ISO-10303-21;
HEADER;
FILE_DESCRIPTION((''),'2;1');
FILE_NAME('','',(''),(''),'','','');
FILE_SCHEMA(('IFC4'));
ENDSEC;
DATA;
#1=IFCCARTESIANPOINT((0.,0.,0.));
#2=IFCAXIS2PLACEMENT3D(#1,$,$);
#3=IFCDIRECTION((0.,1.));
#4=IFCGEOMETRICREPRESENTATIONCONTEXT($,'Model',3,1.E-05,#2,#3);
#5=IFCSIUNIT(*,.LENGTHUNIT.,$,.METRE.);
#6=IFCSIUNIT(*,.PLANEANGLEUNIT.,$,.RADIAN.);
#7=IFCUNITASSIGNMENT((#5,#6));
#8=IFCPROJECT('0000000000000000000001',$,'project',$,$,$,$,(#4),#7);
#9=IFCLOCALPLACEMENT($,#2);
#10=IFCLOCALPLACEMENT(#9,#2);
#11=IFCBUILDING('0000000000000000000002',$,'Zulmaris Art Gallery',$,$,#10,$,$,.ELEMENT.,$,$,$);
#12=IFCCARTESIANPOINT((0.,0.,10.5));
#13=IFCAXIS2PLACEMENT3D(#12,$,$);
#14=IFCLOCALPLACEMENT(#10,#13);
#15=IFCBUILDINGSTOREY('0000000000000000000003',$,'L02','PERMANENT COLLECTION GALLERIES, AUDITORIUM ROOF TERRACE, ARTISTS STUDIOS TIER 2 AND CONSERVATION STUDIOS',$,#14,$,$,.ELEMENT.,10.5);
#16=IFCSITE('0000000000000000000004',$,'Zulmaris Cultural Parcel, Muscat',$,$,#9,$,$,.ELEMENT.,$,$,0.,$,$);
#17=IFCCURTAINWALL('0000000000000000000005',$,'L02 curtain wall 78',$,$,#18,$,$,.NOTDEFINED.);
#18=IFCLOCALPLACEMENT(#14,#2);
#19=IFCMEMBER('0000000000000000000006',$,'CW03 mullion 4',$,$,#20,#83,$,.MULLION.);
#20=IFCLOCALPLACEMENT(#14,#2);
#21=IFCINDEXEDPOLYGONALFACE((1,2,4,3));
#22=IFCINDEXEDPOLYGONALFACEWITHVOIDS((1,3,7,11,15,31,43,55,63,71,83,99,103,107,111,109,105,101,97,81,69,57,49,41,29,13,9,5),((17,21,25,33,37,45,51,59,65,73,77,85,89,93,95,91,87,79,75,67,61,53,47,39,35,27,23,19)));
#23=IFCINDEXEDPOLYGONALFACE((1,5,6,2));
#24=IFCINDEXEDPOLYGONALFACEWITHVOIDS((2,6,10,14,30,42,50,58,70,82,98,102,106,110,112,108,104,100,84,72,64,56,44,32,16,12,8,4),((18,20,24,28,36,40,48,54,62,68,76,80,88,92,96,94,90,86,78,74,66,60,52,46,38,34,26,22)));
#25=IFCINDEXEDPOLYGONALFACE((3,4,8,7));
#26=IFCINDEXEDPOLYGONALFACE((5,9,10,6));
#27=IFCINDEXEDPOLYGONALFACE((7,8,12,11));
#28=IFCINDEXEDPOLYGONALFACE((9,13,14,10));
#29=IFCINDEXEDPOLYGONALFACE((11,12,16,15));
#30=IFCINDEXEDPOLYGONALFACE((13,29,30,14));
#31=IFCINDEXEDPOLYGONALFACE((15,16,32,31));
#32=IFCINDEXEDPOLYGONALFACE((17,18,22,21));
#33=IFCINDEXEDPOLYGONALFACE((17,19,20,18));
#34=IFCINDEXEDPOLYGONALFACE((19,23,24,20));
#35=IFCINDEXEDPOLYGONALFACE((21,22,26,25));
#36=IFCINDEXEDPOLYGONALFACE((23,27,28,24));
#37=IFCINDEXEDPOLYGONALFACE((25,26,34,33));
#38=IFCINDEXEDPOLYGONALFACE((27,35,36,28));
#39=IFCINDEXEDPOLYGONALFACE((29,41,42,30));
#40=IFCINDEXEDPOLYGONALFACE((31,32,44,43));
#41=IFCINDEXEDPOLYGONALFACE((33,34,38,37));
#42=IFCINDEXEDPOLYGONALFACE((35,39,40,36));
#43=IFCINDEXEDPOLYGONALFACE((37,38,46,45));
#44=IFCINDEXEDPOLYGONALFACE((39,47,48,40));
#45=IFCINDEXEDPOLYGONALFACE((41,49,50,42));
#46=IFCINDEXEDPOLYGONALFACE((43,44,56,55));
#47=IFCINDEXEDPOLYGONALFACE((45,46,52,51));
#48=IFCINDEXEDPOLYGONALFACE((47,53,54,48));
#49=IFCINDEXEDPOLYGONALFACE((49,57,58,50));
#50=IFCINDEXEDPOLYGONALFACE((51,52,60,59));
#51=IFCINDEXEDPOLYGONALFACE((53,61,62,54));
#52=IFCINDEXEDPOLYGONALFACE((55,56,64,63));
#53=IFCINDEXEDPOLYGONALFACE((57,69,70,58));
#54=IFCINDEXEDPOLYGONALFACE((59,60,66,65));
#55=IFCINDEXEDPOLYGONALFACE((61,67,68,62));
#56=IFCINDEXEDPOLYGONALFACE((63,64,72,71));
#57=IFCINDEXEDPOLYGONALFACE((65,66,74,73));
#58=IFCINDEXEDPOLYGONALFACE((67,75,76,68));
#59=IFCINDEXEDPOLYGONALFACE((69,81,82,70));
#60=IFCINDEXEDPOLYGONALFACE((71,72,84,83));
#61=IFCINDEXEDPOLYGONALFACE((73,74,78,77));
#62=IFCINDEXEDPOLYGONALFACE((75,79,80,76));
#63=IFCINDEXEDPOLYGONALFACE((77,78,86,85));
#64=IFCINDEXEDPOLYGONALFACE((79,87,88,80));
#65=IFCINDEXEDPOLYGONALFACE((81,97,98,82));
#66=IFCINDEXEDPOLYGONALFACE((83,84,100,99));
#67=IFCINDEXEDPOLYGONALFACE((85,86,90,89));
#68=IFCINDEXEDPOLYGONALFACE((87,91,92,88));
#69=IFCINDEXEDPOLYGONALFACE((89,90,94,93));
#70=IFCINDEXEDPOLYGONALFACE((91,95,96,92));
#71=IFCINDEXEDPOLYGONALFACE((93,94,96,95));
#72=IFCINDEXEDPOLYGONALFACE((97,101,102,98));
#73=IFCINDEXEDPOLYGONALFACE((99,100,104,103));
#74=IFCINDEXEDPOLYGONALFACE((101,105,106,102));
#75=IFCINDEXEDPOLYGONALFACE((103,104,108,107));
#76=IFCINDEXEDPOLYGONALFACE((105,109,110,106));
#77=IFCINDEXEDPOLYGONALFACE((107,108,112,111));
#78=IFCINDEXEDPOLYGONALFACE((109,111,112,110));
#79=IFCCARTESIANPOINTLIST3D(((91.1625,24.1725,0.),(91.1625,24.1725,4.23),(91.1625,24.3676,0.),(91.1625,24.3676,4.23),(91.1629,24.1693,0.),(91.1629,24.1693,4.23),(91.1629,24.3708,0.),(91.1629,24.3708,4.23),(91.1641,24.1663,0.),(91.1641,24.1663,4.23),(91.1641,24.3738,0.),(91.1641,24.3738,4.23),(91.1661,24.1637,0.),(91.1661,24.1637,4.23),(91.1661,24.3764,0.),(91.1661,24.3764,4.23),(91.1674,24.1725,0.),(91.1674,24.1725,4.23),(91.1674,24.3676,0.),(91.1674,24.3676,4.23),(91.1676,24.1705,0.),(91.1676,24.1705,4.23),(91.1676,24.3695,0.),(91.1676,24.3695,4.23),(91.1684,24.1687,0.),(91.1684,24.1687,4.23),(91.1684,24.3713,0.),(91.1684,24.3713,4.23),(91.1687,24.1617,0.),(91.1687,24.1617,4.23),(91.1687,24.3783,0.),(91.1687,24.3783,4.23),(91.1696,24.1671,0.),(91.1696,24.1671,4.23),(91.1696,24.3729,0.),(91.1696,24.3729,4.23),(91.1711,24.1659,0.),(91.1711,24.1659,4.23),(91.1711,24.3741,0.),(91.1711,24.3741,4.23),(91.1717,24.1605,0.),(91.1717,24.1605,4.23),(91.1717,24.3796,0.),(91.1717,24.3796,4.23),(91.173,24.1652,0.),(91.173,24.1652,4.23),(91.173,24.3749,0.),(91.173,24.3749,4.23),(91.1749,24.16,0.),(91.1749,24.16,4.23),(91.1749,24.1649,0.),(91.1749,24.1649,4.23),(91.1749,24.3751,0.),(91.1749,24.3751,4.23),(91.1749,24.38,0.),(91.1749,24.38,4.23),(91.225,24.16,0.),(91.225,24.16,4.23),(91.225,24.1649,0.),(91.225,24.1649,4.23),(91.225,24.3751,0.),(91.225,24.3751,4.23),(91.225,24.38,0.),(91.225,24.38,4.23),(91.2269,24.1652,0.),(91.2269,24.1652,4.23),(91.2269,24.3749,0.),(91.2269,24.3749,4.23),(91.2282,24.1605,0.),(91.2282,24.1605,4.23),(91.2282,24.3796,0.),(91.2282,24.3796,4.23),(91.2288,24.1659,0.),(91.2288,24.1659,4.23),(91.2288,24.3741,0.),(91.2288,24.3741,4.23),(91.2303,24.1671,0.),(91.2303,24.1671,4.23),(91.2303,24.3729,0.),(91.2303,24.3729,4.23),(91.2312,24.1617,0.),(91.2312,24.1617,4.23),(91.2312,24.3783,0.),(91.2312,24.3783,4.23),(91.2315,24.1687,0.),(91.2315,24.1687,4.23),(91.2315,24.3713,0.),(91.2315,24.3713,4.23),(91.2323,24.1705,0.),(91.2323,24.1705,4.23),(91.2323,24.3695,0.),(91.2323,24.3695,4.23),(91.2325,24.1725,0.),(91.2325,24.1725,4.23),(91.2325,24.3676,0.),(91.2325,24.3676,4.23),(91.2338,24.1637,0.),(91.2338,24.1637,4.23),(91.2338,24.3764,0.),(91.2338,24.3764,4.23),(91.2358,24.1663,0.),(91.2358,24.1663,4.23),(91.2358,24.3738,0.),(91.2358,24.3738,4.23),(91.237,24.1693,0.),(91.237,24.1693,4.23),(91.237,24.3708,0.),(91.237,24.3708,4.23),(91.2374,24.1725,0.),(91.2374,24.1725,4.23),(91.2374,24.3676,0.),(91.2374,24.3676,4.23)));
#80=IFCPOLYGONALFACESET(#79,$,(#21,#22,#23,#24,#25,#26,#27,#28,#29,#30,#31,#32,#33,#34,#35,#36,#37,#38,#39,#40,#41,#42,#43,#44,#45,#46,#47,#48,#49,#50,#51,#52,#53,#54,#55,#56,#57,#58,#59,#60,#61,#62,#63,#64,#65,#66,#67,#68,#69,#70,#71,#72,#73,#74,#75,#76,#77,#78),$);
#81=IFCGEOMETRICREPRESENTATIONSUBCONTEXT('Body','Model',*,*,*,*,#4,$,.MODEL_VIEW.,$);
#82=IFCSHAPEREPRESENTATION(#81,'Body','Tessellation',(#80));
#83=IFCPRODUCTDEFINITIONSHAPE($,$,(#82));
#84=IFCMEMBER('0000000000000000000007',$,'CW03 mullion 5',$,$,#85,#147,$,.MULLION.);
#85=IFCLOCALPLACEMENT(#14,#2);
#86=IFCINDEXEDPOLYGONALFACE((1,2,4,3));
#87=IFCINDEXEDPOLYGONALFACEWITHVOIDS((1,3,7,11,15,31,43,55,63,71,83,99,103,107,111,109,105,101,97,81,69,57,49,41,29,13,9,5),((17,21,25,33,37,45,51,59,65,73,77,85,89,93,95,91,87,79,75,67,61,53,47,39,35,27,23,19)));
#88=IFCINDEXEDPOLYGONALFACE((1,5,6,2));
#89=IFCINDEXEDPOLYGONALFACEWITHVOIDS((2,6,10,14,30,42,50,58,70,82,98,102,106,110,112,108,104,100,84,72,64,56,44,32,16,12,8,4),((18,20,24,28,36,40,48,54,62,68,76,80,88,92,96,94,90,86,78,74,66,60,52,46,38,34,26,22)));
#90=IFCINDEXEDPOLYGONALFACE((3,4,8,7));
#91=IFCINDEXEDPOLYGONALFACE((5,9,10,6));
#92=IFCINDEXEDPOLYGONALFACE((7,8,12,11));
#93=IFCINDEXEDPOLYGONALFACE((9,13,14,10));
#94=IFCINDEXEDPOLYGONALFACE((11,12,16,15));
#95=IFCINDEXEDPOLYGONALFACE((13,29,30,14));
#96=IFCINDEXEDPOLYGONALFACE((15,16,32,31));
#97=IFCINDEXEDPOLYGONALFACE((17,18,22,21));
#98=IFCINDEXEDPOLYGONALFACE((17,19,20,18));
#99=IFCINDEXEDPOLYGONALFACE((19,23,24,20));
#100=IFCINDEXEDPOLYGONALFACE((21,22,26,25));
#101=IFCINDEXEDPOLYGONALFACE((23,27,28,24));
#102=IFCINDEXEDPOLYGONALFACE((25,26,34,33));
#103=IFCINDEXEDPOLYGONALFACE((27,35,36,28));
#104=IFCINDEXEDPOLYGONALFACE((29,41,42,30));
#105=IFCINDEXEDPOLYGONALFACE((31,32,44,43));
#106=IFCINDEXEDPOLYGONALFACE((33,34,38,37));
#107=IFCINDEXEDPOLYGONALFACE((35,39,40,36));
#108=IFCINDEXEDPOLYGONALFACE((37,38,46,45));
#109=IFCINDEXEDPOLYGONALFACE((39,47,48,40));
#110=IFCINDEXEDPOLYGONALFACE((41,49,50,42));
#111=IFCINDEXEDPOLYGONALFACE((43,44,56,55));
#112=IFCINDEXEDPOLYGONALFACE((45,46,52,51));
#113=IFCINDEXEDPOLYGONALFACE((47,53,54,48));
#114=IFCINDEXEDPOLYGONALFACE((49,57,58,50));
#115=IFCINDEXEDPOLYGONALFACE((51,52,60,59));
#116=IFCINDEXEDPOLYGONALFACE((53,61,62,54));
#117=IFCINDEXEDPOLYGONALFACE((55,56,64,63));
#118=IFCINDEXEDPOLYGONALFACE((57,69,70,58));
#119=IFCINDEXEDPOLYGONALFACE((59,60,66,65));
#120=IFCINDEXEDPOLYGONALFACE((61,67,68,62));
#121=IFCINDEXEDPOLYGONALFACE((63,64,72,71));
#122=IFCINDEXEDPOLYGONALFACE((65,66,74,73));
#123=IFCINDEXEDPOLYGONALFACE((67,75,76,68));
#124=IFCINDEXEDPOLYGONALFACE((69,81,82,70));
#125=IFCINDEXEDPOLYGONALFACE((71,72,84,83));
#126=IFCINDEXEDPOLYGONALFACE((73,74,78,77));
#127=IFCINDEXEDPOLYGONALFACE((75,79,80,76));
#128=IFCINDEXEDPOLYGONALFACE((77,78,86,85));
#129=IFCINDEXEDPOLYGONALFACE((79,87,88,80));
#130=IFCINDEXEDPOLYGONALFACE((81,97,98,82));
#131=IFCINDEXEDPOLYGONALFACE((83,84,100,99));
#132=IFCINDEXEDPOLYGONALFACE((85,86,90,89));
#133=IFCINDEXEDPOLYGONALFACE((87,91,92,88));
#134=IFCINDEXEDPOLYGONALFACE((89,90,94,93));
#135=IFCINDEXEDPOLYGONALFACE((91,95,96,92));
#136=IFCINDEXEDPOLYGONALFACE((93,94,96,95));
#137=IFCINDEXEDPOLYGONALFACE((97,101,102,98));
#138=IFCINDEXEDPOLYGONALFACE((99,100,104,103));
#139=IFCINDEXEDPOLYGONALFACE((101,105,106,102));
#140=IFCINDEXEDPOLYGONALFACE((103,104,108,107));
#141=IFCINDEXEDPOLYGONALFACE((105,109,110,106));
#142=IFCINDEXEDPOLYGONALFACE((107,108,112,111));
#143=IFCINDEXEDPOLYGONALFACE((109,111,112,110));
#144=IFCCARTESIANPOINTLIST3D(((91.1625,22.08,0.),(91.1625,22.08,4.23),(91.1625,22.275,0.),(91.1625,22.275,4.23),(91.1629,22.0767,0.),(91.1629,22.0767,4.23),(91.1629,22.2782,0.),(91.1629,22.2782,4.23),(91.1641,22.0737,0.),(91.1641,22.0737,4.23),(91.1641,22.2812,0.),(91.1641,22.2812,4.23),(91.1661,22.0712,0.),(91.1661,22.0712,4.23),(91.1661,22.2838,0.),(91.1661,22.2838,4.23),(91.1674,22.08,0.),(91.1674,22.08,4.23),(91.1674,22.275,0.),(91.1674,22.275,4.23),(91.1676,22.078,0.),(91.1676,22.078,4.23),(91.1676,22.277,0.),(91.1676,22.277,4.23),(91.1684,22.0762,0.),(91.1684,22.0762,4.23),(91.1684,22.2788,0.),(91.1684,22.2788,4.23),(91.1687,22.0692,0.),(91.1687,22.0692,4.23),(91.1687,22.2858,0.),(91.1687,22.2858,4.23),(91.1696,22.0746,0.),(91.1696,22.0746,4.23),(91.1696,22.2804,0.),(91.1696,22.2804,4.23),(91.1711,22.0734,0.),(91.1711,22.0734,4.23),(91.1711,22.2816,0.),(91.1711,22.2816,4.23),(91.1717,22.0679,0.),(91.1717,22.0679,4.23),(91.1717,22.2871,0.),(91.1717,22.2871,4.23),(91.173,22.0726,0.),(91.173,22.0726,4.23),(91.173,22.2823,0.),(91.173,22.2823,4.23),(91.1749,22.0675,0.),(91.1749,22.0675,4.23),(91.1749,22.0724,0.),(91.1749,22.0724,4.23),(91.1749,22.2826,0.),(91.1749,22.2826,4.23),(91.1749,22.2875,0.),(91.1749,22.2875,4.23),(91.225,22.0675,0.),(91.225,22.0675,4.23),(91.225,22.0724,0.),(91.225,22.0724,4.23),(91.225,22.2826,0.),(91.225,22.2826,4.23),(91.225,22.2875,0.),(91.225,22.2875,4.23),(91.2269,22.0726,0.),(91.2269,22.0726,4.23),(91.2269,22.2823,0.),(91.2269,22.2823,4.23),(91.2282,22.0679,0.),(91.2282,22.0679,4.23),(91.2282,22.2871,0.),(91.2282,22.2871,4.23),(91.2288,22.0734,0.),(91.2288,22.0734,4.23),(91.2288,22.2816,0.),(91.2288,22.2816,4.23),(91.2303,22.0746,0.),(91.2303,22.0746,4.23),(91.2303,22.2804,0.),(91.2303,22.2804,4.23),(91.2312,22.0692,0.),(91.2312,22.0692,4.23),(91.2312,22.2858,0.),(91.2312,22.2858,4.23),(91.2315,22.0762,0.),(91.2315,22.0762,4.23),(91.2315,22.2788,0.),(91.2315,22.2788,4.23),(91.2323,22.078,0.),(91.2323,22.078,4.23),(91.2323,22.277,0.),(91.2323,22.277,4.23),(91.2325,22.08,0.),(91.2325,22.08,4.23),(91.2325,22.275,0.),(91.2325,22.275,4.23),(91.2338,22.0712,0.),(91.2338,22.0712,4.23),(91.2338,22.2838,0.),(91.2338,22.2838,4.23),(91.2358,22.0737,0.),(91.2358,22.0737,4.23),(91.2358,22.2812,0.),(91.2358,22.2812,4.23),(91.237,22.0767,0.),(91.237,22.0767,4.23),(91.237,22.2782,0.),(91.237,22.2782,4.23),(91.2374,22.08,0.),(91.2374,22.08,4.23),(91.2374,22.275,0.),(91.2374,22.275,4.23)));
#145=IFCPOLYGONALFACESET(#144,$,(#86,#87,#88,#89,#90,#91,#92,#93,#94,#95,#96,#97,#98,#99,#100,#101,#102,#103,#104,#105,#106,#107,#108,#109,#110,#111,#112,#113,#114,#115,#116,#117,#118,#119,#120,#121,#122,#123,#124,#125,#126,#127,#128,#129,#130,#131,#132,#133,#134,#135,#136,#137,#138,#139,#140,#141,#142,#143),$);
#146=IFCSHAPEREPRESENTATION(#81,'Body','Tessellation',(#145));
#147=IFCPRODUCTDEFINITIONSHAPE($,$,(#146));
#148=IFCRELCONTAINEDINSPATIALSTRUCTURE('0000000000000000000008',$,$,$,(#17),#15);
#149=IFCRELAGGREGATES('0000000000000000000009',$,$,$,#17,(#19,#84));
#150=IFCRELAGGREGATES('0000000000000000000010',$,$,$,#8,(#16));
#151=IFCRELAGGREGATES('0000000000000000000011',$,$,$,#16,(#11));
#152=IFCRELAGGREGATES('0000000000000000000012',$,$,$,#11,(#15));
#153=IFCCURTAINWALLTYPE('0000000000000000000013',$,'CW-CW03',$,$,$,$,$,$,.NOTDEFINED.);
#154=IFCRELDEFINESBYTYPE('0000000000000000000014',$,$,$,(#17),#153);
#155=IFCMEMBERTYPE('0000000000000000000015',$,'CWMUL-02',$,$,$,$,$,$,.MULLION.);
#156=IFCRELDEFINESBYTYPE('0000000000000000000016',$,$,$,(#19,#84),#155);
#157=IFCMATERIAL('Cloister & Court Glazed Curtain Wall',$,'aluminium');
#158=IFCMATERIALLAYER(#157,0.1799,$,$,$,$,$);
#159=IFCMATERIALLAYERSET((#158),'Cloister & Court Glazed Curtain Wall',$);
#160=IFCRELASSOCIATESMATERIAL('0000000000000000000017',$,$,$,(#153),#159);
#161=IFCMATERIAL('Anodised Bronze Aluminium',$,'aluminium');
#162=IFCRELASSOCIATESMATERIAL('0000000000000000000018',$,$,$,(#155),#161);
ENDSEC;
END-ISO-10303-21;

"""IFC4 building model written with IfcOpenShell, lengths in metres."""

from ifc_helpers import new_model, si_unit, direction, frame, origin, origin_2d, place, context, subcontext, project, spatial, hollow_rectangle, extrude, material, layer, layer_set, material_profile, profile_set, type_object, element, aggregate, save


model = new_model("IFC4")

# Units and contexts
model_context = context("Model", 3, precision=1e-05, world=origin(), true_north=direction((0.0, 1.0)))
body_context = subcontext(model_context, "Body", "Model", "MODEL_VIEW")
ifc_project = project(units=[si_unit("LENGTHUNIT", "METRE"), si_unit("PLANEANGLEUNIT", "RADIAN")], contexts=[model_context])

# Site, building, storey
site_placement = place(None, origin())
site = spatial("IfcSite", under=ifc_project, at=site_placement, Name="Zulmaris Cultural Parcel, Muscat", CompositionType="ELEMENT", RefElevation=0.0)
building_placement = place(site_placement, origin())
building = spatial("IfcBuilding", under=site, at=building_placement, Name="Zulmaris Art Gallery", CompositionType="ELEMENT")
storey_placement = place(building_placement, frame((0.0, 0.0, 10.5)))
storey = spatial("IfcBuildingStorey", under=building, at=storey_placement, Name="L02", Description="PERMANENT COLLECTION GALLERIES, AUDITORIUM ROOF TERRACE, ARTISTS STUDIOS TIER 2 AND CONSERVATION STUDIOS", CompositionType="ELEMENT", Elevation=10.5)

# Curtain wall, members
ifc_material_1 = material(Name="Cloister & Court Glazed Curtain Wall", Category="aluminium")
ifc_layer_1 = layer(ifc_material_1, 0.1799)
ifc_layer_set_1 = layer_set([ifc_layer_1], Name="Cloister & Court Glazed Curtain Wall")
curtain_wall_type = type_object("IfcCurtainWallType", Name="CW-CW03", PredefinedType="NOTDEFINED", material=ifc_layer_set_1)
curtain_wall_1_placement = place(storey_placement, origin())
curtain_wall_1 = element("IfcCurtainWall", 1, at=curtain_wall_1_placement, inside=storey, type_object=curtain_wall_type, Name="L02 curtain wall 78", PredefinedType="NOTDEFINED")
ifc_material_2 = material(Name="Anodised Bronze Aluminium", Category="aluminium")
ifc_material_profile_1 = material_profile(ifc_material_2, hollow_rectangle(XDim=0.075, YDim=0.22, WallThickness=0.0049, InnerFilletRadius=0.0076, OuterFilletRadius=0.0125, at=origin_2d()), Name="ALU 75x220x5")
ifc_profile_set_1 = profile_set([ifc_material_profile_1], Name="Anodised Bronze Aluminium")
member_type_1 = type_object("IfcMemberType", Name="CWMUL-02", PredefinedType="MULLION", material=ifc_profile_set_1)
member_1_placement = place(storey_placement, frame((91.2, 24.27, 0.0), z_axis=(0.0, 0.0, 1.0), x_axis=(1.0, 0.0, 0.0)))
member_1 = element("IfcMember", 2, at=member_1_placement, type_object=member_type_1, Name="CW03 mullion 4", PredefinedType="MULLION", context=body_context, shape_type="SweptSolid", body=[
    extrude(hollow_rectangle(XDim=0.075, YDim=0.22, WallThickness=0.0049, InnerFilletRadius=0.0076, OuterFilletRadius=0.0125, at=origin_2d()), origin(), (0.0, 0.0, 1.0), 4.23),
])
member_2_placement = place(storey_placement, frame((91.2, 22.1775, 0.0), z_axis=(0.0, 0.0, 1.0), x_axis=(1.0, 0.0, 0.0)))
member_2 = element("IfcMember", 3, at=member_2_placement, type_object=member_type_1, Name="CW03 mullion 5", PredefinedType="MULLION", context=body_context, shape_type="SweptSolid", body=[
    extrude(hollow_rectangle(XDim=0.075, YDim=0.22, WallThickness=0.0049, InnerFilletRadius=0.0076, OuterFilletRadius=0.0125, at=origin_2d()), origin(), (0.0, 0.0, 1.0), 4.23),
])

aggregate(curtain_wall_1, [member_1, member_2])

save(model, "model.ifc")
